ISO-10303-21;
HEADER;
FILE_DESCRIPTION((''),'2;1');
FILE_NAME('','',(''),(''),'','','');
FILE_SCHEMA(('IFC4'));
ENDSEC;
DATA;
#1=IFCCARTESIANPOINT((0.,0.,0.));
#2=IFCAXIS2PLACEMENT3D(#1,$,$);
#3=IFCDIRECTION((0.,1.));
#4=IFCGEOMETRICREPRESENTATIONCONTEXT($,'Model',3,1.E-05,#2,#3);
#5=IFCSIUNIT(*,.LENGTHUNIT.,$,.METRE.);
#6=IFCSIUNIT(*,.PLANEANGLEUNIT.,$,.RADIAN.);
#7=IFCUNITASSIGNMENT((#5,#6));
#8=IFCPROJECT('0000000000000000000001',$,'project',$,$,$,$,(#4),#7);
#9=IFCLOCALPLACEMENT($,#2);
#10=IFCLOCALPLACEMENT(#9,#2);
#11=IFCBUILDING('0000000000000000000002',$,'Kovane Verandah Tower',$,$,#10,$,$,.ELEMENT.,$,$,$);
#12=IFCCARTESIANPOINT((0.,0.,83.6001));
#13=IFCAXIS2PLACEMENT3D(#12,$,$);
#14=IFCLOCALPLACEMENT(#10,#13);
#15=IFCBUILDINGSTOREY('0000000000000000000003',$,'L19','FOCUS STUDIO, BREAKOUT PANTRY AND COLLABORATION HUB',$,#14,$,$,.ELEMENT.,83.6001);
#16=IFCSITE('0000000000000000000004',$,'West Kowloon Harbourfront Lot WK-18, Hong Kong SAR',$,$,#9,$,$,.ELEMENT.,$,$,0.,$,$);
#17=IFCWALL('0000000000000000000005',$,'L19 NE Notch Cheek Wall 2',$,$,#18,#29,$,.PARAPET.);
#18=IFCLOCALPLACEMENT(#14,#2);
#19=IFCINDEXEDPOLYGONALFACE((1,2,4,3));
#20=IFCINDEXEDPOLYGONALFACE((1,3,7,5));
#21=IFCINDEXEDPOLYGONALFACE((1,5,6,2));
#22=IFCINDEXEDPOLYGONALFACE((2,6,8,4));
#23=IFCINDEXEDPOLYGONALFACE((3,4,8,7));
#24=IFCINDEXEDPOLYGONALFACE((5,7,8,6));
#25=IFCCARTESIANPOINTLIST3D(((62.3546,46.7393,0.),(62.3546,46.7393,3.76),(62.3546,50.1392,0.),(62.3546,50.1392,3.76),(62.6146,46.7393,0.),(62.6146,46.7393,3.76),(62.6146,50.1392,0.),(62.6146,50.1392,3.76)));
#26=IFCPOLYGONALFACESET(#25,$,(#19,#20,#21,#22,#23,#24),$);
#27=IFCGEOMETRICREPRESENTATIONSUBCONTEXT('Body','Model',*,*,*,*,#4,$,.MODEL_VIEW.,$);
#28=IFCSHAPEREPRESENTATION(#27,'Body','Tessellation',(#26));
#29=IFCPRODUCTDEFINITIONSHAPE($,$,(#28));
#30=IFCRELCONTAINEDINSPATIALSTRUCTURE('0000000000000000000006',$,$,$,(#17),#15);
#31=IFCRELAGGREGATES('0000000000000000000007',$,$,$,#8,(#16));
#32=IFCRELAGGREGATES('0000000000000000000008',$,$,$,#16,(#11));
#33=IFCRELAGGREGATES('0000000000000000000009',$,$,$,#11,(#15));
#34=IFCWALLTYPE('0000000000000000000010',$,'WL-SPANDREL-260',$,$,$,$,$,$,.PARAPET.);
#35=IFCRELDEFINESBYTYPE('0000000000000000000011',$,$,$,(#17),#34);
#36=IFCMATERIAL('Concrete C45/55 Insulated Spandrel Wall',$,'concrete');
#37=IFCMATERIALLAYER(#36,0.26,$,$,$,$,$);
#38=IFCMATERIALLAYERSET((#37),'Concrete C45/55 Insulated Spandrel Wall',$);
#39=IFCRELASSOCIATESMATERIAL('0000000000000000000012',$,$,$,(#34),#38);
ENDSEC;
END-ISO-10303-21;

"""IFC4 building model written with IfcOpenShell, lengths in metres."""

from ifc_helpers import new_model, si_unit, direction, frame, frame_2d, origin, place, context, subcontext, project, spatial, rectangle, extrude, material, layer, layer_set, type_object, element, save


model = new_model("IFC4")

# Units and contexts
model_context = context("Model", 3, precision=1e-05, world=origin(), true_north=direction((0.0, 1.0)))
body_context = subcontext(model_context, "Body", "Model", "MODEL_VIEW")
ifc_project = project(units=[si_unit("LENGTHUNIT", "METRE"), si_unit("PLANEANGLEUNIT", "RADIAN")], contexts=[model_context])

# Site, building, storey
site_placement = place(None, origin())
site = spatial("IfcSite", under=ifc_project, at=site_placement, Name="West Kowloon Harbourfront Lot WK-18, Hong Kong SAR", CompositionType="ELEMENT", RefElevation=0.0)
building_placement = place(site_placement, origin())
building = spatial("IfcBuilding", under=site, at=building_placement, Name="Kovane Verandah Tower", CompositionType="ELEMENT")
storey_placement = place(building_placement, frame((0.0, 0.0, 83.6001)))
storey = spatial("IfcBuildingStorey", under=building, at=storey_placement, Name="L19", Description="FOCUS STUDIO, BREAKOUT PANTRY AND COLLABORATION HUB", CompositionType="ELEMENT", Elevation=83.6001)

# Shared definitions
ifc_material_1 = material(Name="Concrete C45/55 Insulated Spandrel Wall", Category="concrete")
ifc_layer_1 = layer(ifc_material_1, 0.26)
ifc_layer_set_1 = layer_set([ifc_layer_1], Name="Concrete C45/55 Insulated Spandrel Wall")
wall_type = type_object("IfcWallType", Name="WL-SPANDREL-260", PredefinedType="PARAPET", material=ifc_layer_set_1)

# Wall
wall_1_placement = place(storey_placement, frame((62.4846, 46.7393, 0.0), z_axis=(0.0, 0.0, 1.0), x_axis=(0.0, 1.0, 0.0)))
element("IfcWall", 1, at=wall_1_placement, inside=storey, type_object=wall_type, Name="L19 NE Notch Cheek Wall 2", PredefinedType="PARAPET", context=body_context, shape_type="SweptSolid", body=[
    extrude(rectangle(XDim=3.3999, YDim=0.26, at=frame_2d((1.7, 0.0))), origin(), (0.0, 0.0, 1.0), 3.76),
])

save(model, "model.ifc")
